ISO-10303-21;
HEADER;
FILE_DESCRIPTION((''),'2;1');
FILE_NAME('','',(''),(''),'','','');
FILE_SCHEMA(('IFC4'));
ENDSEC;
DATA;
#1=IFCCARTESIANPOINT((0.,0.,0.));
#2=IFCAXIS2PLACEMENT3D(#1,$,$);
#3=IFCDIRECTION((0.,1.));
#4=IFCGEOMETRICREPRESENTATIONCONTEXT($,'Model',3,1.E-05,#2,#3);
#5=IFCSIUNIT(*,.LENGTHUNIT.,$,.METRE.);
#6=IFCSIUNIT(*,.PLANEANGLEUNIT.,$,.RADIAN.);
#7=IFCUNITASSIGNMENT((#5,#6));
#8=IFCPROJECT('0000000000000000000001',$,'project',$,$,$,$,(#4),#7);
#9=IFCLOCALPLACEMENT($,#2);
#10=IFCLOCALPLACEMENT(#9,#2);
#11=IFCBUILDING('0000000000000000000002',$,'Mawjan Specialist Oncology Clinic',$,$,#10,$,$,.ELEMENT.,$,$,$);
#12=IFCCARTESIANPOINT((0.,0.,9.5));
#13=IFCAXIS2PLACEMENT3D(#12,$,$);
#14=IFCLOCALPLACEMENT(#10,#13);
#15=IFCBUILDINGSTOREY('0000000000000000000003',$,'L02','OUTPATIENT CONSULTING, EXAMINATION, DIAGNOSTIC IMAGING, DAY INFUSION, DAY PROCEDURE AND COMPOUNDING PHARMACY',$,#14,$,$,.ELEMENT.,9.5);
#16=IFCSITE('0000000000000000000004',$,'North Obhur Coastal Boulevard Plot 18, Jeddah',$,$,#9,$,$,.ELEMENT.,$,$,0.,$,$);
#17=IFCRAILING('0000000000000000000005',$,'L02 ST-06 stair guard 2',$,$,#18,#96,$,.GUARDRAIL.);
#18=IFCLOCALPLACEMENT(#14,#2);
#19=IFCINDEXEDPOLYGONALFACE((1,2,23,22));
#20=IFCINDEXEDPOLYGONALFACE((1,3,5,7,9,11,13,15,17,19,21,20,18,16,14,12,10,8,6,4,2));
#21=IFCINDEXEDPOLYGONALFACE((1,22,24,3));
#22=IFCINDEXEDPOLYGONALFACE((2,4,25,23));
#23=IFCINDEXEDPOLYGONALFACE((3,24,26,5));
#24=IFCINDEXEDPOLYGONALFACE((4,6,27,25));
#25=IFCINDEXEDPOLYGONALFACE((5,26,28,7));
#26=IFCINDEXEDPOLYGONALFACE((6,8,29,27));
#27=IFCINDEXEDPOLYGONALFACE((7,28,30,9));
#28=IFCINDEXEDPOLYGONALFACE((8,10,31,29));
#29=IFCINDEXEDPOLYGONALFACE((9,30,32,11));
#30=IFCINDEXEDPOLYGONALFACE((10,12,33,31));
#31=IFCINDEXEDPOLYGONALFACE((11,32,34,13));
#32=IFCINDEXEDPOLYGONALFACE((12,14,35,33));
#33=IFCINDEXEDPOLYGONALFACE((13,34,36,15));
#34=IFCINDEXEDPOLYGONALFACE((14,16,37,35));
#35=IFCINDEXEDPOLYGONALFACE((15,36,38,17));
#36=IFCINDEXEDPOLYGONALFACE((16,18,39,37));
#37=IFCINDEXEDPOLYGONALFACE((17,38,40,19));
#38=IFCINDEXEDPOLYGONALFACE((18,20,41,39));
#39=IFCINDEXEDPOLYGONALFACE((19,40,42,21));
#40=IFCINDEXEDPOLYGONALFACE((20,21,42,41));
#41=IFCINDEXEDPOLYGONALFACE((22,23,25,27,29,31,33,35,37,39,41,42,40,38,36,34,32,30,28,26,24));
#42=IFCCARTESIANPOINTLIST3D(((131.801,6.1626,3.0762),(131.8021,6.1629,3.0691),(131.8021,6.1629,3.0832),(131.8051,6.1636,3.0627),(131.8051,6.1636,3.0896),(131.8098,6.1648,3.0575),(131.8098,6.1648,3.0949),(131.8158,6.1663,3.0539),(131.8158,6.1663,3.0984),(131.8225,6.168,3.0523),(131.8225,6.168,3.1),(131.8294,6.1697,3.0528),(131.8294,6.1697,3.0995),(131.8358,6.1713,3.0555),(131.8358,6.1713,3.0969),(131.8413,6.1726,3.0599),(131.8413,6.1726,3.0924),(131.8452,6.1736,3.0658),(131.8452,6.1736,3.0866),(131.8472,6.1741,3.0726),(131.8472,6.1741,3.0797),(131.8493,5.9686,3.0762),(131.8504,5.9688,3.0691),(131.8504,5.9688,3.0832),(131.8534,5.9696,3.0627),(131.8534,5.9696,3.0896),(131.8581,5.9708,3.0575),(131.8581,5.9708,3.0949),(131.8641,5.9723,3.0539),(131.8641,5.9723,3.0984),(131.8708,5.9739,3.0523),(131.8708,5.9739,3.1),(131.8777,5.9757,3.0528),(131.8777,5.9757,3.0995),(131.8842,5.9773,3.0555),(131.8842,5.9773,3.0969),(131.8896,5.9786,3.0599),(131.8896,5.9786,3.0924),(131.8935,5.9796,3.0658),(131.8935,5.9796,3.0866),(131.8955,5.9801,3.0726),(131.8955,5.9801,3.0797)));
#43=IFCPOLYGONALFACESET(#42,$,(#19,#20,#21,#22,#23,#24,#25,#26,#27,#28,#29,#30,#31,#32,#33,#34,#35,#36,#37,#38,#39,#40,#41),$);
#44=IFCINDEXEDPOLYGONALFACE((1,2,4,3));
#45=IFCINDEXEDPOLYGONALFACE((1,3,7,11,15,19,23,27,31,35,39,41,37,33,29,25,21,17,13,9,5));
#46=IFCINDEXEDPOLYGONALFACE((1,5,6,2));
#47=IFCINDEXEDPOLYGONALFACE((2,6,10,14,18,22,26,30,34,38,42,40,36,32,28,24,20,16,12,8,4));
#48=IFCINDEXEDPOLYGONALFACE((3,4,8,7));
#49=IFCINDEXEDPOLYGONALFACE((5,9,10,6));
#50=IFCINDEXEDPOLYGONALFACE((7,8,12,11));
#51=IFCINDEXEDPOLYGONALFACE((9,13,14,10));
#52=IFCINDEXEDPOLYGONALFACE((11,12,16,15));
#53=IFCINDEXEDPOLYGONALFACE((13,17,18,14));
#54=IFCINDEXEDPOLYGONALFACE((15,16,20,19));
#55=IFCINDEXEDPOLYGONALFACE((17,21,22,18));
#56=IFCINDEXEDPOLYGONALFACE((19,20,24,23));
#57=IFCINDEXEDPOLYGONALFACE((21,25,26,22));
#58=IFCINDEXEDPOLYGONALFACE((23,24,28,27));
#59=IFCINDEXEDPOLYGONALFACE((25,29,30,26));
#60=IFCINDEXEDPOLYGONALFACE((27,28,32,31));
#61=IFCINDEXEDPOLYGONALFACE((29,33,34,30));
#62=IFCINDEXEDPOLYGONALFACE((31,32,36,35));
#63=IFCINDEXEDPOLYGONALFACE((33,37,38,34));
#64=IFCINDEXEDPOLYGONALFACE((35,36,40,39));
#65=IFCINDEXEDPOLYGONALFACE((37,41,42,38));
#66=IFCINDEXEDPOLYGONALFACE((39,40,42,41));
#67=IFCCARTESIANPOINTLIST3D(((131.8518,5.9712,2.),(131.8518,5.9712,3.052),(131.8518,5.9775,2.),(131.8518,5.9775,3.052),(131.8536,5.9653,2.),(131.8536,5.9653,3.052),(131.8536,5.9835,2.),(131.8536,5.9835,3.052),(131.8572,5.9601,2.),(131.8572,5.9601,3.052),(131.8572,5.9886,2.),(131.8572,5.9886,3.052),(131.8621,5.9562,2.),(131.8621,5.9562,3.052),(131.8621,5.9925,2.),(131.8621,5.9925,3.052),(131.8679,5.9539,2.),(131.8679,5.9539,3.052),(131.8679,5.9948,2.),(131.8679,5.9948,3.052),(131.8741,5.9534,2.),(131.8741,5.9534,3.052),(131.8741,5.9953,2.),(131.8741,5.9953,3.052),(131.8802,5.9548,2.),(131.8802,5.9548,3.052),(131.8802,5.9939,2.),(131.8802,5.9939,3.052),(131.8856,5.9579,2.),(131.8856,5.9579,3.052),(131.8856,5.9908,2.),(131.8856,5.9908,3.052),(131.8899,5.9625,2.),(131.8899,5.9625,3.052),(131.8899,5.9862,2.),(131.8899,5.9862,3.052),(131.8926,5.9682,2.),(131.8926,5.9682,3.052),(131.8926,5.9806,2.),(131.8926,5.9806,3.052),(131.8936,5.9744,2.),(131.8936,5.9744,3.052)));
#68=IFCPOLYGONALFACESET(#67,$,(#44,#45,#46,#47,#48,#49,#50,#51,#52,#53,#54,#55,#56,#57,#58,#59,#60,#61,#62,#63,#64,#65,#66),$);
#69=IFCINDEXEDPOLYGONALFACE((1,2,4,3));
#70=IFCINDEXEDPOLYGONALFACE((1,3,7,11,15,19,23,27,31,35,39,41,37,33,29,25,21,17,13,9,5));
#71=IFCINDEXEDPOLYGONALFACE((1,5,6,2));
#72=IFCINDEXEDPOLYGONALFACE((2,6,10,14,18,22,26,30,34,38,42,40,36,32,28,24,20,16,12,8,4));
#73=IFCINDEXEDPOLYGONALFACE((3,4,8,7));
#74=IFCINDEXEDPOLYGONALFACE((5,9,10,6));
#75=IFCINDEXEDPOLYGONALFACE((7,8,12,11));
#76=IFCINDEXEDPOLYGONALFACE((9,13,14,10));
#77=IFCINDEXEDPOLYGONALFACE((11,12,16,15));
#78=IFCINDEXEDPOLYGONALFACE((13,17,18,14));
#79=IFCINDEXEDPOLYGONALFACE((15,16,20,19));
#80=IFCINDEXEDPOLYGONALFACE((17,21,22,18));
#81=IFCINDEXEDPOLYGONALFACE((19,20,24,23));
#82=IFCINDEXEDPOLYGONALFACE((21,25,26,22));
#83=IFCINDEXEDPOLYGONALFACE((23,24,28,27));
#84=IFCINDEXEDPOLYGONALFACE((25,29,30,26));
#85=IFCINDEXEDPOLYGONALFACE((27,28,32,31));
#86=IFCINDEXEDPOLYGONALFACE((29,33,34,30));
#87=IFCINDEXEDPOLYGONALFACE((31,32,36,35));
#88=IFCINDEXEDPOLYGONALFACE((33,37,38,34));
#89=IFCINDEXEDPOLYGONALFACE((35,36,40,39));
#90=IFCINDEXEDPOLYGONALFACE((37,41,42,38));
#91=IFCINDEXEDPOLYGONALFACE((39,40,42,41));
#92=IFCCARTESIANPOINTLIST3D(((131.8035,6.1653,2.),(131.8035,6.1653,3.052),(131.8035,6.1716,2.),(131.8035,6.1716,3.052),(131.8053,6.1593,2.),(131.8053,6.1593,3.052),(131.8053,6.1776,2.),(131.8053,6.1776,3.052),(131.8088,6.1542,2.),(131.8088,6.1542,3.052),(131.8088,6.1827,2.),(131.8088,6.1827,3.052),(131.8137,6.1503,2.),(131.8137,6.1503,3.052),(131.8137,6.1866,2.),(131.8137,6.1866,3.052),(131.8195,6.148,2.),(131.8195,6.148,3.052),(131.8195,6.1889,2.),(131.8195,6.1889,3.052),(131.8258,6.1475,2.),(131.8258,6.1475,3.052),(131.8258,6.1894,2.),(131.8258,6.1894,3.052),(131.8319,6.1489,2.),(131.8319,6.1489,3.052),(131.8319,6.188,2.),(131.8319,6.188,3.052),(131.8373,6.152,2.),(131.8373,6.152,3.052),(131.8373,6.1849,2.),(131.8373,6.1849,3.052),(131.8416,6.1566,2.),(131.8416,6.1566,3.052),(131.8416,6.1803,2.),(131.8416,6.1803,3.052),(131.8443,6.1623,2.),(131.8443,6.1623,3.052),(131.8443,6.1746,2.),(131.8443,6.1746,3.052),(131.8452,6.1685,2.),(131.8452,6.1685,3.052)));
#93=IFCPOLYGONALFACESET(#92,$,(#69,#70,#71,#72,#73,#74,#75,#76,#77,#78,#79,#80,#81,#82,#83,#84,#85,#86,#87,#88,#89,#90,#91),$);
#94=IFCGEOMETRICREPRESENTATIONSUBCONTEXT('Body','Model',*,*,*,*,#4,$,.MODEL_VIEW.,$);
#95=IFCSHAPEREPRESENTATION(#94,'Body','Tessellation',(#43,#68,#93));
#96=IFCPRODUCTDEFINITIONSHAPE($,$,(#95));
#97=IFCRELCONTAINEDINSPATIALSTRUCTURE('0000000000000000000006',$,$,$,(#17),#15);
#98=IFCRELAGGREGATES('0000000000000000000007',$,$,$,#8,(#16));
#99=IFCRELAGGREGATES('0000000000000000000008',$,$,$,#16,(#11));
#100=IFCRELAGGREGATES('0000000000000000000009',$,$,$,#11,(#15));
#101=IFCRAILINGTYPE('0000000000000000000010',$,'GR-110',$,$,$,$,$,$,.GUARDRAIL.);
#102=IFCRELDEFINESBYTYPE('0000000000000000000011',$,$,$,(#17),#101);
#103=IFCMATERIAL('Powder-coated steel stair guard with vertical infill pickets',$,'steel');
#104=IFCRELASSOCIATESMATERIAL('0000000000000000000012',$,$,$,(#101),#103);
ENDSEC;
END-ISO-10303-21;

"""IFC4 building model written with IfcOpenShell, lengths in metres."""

from ifc_helpers import new_model, si_unit, direction, frame, origin, origin_2d, place, context, subcontext, project, spatial, circle, extrude, material, type_object, element, save


model = new_model("IFC4")

# Units and contexts
model_context = context("Model", 3, precision=1e-05, world=origin(), true_north=direction((0.0, 1.0)))
body_context = subcontext(model_context, "Body", "Model", "MODEL_VIEW")
ifc_project = project(units=[si_unit("LENGTHUNIT", "METRE"), si_unit("PLANEANGLEUNIT", "RADIAN")], contexts=[model_context])

# Site, building, storey
site_placement = place(None, origin())
site = spatial("IfcSite", under=ifc_project, at=site_placement, Name="North Obhur Coastal Boulevard Plot 18, Jeddah", CompositionType="ELEMENT", RefElevation=0.0)
building_placement = place(site_placement, origin())
building = spatial("IfcBuilding", under=site, at=building_placement, Name="Mawjan Specialist Oncology Clinic", CompositionType="ELEMENT")
storey_placement = place(building_placement, frame((0.0, 0.0, 9.5)))
storey = spatial("IfcBuildingStorey", under=building, at=storey_placement, Name="L02", Description="OUTPATIENT CONSULTING, EXAMINATION, DIAGNOSTIC IMAGING, DAY INFUSION, DAY PROCEDURE AND COMPOUNDING PHARMACY", CompositionType="ELEMENT", Elevation=9.5)

# Railing
ifc_material_1 = material(Name="Powder-coated steel stair guard with vertical infill pickets", Category="steel")
railing_type_1 = type_object("IfcRailingType", Name="GR-110", PredefinedType="GUARDRAIL", material=ifc_material_1)
railing_1_placement = place(storey_placement, frame((131.8726, 5.9744, 2.0)))
element("IfcRailing", 1, at=railing_1_placement, inside=storey, type_object=railing_type_1, Name="L02 ST-06 stair guard 2", PredefinedType="GUARDRAIL", context=body_context, shape_type="SweptSolid", body=[
    extrude(circle(Radius=0.0239, at=origin_2d()), frame((0.0, 0.0, 1.0762), z_axis=(-0.241674, 0.970358, 0.0), x_axis=(-0.970358, -0.241674, 0.0)), (0.0, 0.0, 1.0), 0.2),
    extrude(circle(Radius=0.021, at=origin_2d()), origin(), (0.0, 0.0, 1.0), 1.052),
    extrude(circle(Radius=0.021, at=origin_2d()), frame((-0.0483, 0.1941, 0.0)), (0.0, 0.0, 1.0), 1.052),
])

save(model, "model.ifc")
